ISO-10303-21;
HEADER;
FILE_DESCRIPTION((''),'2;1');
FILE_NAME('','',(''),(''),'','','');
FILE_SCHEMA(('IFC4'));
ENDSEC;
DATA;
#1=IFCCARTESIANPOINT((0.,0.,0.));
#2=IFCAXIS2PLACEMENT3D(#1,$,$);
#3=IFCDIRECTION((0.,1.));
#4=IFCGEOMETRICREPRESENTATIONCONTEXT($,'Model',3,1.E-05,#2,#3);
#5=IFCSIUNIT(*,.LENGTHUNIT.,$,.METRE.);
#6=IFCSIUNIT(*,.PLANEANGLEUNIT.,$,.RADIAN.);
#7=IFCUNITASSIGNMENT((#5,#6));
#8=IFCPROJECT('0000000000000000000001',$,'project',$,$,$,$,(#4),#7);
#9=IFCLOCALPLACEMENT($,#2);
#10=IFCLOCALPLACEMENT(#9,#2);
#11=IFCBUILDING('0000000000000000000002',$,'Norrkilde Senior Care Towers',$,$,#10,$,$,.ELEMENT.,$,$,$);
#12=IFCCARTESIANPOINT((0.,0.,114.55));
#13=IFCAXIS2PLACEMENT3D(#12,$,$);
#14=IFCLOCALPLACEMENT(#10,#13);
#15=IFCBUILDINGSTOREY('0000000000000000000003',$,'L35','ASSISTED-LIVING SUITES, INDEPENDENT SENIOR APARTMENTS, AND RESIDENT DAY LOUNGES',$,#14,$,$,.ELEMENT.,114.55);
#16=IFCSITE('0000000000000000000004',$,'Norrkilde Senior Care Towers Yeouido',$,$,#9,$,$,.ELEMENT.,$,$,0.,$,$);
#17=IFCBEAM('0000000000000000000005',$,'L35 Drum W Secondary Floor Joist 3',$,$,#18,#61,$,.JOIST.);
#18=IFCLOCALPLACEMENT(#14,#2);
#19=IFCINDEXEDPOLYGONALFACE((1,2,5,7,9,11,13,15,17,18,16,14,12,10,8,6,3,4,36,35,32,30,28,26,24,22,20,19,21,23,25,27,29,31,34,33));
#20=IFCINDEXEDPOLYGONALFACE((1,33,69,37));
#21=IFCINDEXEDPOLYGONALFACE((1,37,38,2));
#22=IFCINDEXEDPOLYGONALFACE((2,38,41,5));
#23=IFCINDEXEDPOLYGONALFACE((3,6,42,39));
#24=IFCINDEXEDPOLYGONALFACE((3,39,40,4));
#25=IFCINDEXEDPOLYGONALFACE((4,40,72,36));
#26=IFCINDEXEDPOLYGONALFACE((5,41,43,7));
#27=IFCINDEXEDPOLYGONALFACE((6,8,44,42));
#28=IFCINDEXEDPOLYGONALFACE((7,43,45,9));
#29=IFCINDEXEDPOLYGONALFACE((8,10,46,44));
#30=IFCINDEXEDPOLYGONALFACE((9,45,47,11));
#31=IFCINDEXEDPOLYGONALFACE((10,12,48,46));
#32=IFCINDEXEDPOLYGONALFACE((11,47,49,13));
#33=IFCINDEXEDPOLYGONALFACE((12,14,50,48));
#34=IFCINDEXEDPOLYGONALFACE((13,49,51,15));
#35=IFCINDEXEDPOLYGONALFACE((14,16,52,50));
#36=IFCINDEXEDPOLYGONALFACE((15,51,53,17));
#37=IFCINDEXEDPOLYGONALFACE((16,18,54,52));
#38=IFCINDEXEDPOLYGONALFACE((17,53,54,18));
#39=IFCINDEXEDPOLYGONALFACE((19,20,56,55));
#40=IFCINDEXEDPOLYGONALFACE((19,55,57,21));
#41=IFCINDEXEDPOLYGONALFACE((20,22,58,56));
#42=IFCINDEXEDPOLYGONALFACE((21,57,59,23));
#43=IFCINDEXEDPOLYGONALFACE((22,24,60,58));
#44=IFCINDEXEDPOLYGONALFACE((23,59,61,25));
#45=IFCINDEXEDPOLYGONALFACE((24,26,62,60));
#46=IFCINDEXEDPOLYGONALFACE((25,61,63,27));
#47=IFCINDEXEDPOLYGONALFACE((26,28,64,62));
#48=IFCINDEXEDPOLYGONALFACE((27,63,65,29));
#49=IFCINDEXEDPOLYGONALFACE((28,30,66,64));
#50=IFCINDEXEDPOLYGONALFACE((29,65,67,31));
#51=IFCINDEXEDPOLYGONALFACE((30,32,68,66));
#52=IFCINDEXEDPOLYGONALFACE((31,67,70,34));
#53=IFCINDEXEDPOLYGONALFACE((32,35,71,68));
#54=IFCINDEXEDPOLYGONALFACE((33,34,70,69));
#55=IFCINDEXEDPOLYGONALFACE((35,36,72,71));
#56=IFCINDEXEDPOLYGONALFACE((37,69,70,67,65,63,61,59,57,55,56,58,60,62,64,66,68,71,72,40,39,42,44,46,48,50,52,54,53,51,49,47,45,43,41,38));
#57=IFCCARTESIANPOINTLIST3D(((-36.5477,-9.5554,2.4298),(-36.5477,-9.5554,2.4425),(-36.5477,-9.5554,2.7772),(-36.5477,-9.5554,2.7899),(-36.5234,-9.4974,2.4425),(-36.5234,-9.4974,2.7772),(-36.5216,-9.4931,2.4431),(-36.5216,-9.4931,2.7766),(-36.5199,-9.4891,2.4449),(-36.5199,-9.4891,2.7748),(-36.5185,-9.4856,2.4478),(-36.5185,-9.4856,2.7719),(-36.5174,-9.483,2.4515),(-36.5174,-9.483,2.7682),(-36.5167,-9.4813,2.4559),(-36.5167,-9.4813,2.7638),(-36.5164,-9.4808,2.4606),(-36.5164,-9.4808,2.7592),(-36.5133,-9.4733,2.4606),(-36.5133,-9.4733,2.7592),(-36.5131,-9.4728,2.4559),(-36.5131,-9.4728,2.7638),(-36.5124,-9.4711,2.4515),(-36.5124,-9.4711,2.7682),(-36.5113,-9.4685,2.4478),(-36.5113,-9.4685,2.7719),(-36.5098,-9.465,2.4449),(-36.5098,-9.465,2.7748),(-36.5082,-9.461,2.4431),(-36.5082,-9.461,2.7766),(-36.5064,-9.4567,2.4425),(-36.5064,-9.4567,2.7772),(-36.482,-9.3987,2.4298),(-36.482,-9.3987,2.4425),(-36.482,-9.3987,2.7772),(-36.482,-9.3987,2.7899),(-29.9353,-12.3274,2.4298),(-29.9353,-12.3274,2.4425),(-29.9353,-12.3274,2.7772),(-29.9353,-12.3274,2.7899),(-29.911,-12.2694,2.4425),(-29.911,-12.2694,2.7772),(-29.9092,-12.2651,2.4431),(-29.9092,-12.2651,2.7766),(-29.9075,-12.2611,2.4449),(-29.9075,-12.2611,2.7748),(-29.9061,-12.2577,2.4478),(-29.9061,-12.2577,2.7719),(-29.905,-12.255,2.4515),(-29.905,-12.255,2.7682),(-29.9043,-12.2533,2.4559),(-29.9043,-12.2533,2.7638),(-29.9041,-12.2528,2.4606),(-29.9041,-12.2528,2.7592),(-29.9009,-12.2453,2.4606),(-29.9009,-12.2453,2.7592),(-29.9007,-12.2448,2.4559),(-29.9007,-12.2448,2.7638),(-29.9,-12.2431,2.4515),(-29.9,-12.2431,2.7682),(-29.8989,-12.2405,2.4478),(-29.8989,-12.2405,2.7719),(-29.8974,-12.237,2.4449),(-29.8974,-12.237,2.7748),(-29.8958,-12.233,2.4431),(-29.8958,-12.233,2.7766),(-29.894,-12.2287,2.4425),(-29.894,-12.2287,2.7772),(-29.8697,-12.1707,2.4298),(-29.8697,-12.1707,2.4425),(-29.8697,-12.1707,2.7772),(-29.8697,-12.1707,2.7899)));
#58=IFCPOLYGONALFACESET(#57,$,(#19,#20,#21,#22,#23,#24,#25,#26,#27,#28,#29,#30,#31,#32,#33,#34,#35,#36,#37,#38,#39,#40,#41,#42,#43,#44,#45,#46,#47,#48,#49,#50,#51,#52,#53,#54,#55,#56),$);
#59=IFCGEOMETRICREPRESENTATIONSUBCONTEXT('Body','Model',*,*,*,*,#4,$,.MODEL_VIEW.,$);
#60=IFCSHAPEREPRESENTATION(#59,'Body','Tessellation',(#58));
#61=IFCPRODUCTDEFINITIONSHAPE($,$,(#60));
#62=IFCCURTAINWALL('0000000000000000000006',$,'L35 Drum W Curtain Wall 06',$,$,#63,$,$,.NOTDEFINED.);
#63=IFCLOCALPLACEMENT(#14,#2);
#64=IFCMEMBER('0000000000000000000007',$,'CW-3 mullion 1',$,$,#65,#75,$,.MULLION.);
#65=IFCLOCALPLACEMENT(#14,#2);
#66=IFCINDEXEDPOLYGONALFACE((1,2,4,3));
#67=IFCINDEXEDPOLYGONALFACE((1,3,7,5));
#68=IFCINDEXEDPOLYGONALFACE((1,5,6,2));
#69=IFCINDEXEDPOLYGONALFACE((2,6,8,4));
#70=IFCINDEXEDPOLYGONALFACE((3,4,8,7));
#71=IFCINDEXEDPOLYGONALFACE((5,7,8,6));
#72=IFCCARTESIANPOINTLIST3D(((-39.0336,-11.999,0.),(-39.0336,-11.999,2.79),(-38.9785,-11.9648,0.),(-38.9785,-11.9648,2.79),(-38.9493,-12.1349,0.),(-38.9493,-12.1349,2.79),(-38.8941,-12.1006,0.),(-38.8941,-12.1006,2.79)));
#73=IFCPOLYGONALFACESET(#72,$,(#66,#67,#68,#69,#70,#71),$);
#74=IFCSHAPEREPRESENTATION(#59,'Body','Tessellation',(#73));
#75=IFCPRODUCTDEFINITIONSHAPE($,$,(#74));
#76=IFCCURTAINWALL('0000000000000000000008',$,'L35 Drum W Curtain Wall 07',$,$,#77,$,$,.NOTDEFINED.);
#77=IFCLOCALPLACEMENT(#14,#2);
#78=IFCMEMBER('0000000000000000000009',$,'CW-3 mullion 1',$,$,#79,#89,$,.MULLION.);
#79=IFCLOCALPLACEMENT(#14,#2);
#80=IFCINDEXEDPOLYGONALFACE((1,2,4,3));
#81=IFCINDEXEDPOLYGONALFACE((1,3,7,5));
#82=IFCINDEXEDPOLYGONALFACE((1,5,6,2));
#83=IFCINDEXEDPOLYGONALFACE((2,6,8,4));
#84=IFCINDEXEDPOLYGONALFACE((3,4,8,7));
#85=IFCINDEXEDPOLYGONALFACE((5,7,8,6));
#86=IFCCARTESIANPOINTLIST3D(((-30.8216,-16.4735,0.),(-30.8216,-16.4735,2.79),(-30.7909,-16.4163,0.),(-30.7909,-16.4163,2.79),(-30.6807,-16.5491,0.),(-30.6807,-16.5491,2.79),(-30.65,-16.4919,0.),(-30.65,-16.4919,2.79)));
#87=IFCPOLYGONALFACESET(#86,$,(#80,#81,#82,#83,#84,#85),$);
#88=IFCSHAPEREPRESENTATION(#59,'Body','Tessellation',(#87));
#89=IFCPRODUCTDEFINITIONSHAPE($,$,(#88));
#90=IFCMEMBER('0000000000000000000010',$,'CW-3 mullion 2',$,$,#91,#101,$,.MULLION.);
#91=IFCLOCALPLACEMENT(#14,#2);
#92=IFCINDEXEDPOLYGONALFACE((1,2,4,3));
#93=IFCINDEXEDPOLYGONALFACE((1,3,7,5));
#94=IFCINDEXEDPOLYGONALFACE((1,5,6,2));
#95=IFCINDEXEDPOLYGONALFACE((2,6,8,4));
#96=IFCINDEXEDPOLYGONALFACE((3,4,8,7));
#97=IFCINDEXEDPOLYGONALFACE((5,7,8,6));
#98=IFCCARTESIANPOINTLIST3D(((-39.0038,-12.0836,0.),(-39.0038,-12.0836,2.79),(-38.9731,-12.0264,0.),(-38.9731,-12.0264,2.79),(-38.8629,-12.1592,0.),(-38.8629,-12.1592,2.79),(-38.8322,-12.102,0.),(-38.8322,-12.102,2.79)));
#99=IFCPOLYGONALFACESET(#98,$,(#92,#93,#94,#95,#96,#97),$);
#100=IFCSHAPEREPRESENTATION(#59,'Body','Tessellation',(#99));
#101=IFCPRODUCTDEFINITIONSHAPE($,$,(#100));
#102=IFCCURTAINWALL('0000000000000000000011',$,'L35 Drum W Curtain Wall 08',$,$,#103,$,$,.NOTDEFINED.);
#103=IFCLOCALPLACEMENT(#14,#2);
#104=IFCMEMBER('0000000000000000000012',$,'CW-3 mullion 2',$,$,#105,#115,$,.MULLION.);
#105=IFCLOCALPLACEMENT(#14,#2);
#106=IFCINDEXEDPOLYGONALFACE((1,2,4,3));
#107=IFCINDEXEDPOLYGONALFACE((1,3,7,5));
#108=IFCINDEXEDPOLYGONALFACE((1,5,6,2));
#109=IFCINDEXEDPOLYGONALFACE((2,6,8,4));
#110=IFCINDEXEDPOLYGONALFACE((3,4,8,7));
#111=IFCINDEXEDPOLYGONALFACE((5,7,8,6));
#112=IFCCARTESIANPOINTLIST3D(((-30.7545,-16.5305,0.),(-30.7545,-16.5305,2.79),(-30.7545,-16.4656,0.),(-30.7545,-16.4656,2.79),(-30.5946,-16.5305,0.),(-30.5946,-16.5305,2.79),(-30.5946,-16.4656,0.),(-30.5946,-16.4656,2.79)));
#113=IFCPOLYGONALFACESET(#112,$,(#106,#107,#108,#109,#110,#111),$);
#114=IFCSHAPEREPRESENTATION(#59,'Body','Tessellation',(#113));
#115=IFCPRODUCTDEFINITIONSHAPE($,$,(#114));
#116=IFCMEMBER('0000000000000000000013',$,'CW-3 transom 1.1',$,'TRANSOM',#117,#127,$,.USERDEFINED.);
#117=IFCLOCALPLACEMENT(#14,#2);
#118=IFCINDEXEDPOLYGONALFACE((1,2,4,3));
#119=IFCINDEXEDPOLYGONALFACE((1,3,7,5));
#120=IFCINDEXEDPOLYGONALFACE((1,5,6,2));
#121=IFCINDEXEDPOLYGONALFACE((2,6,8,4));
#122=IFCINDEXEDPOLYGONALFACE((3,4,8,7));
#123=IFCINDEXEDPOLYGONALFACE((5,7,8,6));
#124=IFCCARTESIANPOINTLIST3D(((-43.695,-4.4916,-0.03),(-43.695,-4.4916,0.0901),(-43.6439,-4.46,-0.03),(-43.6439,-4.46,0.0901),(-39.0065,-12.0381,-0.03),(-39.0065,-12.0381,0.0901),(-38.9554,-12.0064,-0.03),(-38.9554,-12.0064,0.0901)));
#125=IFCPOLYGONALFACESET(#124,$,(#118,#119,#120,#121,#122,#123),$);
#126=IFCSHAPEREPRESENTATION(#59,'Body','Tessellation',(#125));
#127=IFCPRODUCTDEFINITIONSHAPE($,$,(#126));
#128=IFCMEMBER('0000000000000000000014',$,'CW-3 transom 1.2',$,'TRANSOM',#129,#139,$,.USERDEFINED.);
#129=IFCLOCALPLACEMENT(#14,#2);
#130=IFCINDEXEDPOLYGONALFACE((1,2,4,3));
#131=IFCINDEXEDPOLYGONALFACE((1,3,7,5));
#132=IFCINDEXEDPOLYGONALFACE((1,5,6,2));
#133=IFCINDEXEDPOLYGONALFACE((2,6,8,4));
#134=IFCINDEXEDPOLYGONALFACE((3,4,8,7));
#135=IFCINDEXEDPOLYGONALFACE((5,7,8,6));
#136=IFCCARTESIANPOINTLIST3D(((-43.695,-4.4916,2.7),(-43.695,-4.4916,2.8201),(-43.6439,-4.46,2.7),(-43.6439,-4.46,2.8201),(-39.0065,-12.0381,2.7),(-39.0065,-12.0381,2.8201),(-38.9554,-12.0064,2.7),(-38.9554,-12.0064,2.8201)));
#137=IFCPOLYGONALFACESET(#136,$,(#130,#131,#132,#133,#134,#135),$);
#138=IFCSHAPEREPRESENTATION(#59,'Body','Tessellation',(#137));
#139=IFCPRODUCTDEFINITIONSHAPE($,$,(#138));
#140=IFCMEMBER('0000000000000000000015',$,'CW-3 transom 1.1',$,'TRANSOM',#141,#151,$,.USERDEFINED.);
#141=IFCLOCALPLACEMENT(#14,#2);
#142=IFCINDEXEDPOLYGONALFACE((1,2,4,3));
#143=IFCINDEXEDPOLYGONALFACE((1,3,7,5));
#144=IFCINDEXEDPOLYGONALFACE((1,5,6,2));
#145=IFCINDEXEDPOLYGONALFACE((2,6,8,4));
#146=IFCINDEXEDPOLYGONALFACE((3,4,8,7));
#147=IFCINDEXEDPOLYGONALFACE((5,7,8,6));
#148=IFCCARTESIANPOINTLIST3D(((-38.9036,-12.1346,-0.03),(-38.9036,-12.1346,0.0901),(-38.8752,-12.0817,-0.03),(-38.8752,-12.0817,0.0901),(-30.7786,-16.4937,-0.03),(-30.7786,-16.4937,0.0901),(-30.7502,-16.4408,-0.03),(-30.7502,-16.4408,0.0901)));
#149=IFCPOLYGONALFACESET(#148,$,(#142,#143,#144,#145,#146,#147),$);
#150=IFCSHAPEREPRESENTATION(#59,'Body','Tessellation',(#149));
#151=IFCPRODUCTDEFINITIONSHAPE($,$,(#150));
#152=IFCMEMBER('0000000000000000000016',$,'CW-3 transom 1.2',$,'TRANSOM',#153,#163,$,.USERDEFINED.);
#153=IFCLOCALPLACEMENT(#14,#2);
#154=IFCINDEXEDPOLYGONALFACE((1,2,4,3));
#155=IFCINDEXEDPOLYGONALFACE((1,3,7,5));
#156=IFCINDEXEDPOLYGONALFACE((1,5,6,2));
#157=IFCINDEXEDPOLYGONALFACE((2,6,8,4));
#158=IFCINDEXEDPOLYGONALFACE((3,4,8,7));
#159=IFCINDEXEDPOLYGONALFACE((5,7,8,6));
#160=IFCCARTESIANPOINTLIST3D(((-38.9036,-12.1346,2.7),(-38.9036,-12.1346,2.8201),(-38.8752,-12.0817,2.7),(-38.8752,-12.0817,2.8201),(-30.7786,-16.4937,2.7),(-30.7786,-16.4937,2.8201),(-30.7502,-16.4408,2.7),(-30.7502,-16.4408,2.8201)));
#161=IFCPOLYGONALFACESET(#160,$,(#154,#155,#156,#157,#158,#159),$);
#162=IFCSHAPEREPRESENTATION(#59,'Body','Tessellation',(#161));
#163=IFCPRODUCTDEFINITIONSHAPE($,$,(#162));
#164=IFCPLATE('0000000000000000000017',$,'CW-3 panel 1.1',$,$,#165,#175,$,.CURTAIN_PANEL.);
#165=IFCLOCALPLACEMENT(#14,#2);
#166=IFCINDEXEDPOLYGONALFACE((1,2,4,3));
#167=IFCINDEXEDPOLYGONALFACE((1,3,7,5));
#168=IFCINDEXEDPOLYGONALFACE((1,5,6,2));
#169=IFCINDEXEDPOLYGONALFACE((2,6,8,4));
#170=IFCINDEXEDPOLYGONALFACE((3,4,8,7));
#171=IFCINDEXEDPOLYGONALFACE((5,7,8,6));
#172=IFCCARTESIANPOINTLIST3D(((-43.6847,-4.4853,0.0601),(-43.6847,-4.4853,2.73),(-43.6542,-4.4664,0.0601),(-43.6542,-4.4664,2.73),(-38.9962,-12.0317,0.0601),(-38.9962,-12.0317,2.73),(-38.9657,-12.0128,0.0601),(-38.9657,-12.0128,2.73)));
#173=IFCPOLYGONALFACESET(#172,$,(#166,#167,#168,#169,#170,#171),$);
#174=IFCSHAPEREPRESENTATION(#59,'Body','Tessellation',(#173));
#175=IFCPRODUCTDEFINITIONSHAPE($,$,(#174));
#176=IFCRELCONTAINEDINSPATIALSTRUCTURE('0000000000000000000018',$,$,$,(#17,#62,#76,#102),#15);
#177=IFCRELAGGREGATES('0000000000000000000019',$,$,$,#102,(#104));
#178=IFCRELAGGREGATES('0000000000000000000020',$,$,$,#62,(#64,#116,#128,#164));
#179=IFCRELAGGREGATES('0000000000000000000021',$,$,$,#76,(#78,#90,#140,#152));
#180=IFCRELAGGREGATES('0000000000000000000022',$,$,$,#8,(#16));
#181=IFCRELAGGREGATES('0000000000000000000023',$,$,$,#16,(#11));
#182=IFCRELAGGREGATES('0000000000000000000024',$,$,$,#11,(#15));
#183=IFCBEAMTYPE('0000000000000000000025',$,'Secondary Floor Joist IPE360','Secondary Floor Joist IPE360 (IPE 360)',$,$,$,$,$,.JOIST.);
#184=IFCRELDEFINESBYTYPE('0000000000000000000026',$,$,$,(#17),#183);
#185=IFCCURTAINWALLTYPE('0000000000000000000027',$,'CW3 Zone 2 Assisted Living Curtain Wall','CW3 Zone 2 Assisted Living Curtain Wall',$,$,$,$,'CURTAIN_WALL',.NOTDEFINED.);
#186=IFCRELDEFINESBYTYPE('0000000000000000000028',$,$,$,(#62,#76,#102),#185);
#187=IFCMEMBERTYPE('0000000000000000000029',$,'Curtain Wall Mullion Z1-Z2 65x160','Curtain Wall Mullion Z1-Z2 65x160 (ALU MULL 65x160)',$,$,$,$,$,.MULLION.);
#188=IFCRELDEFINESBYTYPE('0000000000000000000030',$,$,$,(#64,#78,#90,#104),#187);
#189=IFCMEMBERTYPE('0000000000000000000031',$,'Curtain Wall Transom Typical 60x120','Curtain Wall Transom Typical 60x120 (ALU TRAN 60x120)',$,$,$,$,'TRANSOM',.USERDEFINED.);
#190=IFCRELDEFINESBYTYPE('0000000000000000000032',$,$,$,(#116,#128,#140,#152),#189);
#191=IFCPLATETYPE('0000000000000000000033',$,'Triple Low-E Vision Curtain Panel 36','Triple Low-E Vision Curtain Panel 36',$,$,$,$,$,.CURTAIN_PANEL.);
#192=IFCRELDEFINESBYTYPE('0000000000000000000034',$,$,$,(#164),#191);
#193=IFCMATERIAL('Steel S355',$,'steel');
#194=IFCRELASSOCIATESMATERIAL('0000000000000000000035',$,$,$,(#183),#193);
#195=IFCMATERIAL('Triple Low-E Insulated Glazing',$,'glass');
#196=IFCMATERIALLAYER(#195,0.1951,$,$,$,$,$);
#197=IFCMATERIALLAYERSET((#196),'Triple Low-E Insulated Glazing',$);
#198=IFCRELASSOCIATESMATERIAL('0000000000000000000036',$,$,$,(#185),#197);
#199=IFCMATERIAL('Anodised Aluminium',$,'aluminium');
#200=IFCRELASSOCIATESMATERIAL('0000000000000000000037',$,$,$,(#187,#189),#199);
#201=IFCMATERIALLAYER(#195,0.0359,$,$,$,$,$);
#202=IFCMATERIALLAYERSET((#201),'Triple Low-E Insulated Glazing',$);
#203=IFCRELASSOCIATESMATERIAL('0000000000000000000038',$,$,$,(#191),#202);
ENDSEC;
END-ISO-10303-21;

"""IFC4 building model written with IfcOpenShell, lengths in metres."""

from ifc_helpers import new_model, si_unit, direction, frame, origin, origin_2d, place, context, subcontext, project, spatial, rectangle, i_section, extrude, source, transform, mapped, material, layer, layer_set, material_profile, profile_set, type_object, type_shapes, element, aggregate, save


model = new_model("IFC4")

# Units and contexts
model_context = context("Model", 3, precision=1e-05, world=origin(), true_north=direction((0.0, 1.0)))
body_context = subcontext(model_context, "Body", "Model", "MODEL_VIEW")
ifc_project = project(units=[si_unit("LENGTHUNIT", "METRE"), si_unit("PLANEANGLEUNIT", "RADIAN")], contexts=[model_context])

# Site, building, storey
site_placement = place(None, origin())
site = spatial("IfcSite", under=ifc_project, at=site_placement, Name="Norrkilde Senior Care Towers Yeouido", CompositionType="ELEMENT", RefElevation=0.0)
building_placement = place(site_placement, origin())
building = spatial("IfcBuilding", under=site, at=building_placement, Name="Norrkilde Senior Care Towers", CompositionType="ELEMENT")
storey_placement = place(building_placement, frame((0.0, 0.0, 114.55)))
storey = spatial("IfcBuildingStorey", under=building, at=storey_placement, Name="L35", Description="ASSISTED-LIVING SUITES, INDEPENDENT SENIOR APARTMENTS, AND RESIDENT DAY LOUNGES", CompositionType="ELEMENT", Elevation=114.55)

# Beam
ifc_material_1 = material(Name="Steel S355", Category="steel")
ifc_material_profile_1 = material_profile(ifc_material_1, i_section(OverallWidth=0.1699, OverallDepth=0.3601, WebThickness=0.0081, FlangeThickness=0.0127, FilletRadius=0.0181, at=origin_2d()), Name="IPE 360")
ifc_profile_set_1 = profile_set([ifc_material_profile_1], Name="Steel S355")
beam_type_1 = type_object("IfcBeamType", Name="Secondary Floor Joist IPE360", Description="Secondary Floor Joist IPE360 (IPE 360)", PredefinedType="JOIST", material=ifc_profile_set_1)
shared_shape_1 = source(origin(), body_context, "Body", "SweptSolid", [
    extrude(i_section(OverallWidth=0.1699, OverallDepth=0.3601, WebThickness=0.0081, FlangeThickness=0.0127, FilletRadius=0.0181, at=origin_2d()), origin(), (0.0, 0.0, 1.0), 7.1699),
])
type_shapes(beam_type_1, [shared_shape_1])
beam_1_placement = place(storey_placement, frame((-36.5149, -9.4771, 2.6099), z_axis=(0.922241, -0.386616, 0.0), x_axis=(0.386616, 0.922241, 0.0)))
element("IfcBeam", 1, at=beam_1_placement, inside=storey, type_object=beam_type_1, Name="L35 Drum W Secondary Floor Joist 3", PredefinedType="JOIST", context=body_context, shape_type="MappedRepresentation", body=[
    mapped(shared_shape_1, transform((0.0, 0.0, 0.0), x_axis=(1.0, 0.0, 0.0), y_axis=(0.0, 1.0, 0.0), z_axis=(0.0, 0.0, 1.0), scale=1.0)),
])

# Curtain wall, member
ifc_material_2 = material(Name="Triple Low-E Insulated Glazing", Category="glass")
ifc_layer_1 = layer(ifc_material_2, 0.1951)
ifc_layer_set_1 = layer_set([ifc_layer_1], Name="Triple Low-E Insulated Glazing")
curtain_wall_type = type_object("IfcCurtainWallType", Name="CW3 Zone 2 Assisted Living Curtain Wall", Description="CW3 Zone 2 Assisted Living Curtain Wall", ElementType="CURTAIN_WALL", PredefinedType="NOTDEFINED", material=ifc_layer_set_1)
curtain_wall_1_placement = place(storey_placement, origin())
curtain_wall_1 = element("IfcCurtainWall", 2, at=curtain_wall_1_placement, inside=storey, type_object=curtain_wall_type, Name="L35 Drum W Curtain Wall 06", PredefinedType="NOTDEFINED")
ifc_material_3 = material(Name="Anodised Aluminium", Category="aluminium")
ifc_material_profile_2 = material_profile(ifc_material_3, rectangle(XDim=0.0649, YDim=0.1599, at=origin_2d()), Name="ALU MULL 65x160")
ifc_profile_set_2 = profile_set([ifc_material_profile_2], Name="Anodised Aluminium")
member_type_1 = type_object("IfcMemberType", Name="Curtain Wall Mullion Z1-Z2 65x160", Description="Curtain Wall Mullion Z1-Z2 65x160 (ALU MULL 65x160)", PredefinedType="MULLION", material=ifc_profile_set_2)
shared_shape_2 = source(origin(), body_context, "Body", "SweptSolid", [
    extrude(rectangle(XDim=0.0649, YDim=0.1599, at=origin_2d()), origin(), (0.0, 0.0, 1.0), 2.79),
])
type_shapes(member_type_1, [shared_shape_2])
member_1_placement = place(storey_placement, frame((-38.9639, -12.0498, 0.0), z_axis=(0.0, 0.0, 1.0), x_axis=(-0.84941, -0.527733, 0.0)))
member_1 = element("IfcMember", 3, at=member_1_placement, type_object=member_type_1, Name="CW-3 mullion 1", PredefinedType="MULLION", context=body_context, shape_type="MappedRepresentation", body=[
    mapped(shared_shape_2, transform((0.0, 0.0, 0.0), x_axis=(1.0, 0.0, 0.0), y_axis=(0.0, 1.0, 0.0), z_axis=(0.0, 0.0, 1.0), scale=1.0)),
])

# Curtain wall, members
curtain_wall_2_placement = place(storey_placement, origin())
curtain_wall_2 = element("IfcCurtainWall", 4, at=curtain_wall_2_placement, inside=storey, type_object=curtain_wall_type, Name="L35 Drum W Curtain Wall 07", PredefinedType="NOTDEFINED")
member_2_placement = place(storey_placement, frame((-30.7358, -16.4827, 0.0), z_axis=(0.0, 0.0, 1.0), x_axis=(-0.472769, -0.881186, 0.0)))
member_2 = element("IfcMember", 5, at=member_2_placement, type_object=member_type_1, Name="CW-3 mullion 1", PredefinedType="MULLION", context=body_context, shape_type="MappedRepresentation", body=[
    mapped(shared_shape_2, transform((0.0, 0.0, 0.0), x_axis=(1.0, 0.0, 0.0), y_axis=(0.0, 1.0, 0.0), z_axis=(0.0, 0.0, 1.0), scale=1.0)),
])
member_3_placement = place(storey_placement, frame((-38.918, -12.0928, 0.0), z_axis=(0.0, 0.0, 1.0), x_axis=(-0.472769, -0.881186, 0.0)))
member_3 = element("IfcMember", 6, at=member_3_placement, type_object=member_type_1, Name="CW-3 mullion 2", PredefinedType="MULLION", context=body_context, shape_type="MappedRepresentation", body=[
    mapped(shared_shape_2, transform((0.0, 0.0, 0.0), x_axis=(1.0, 0.0, 0.0), y_axis=(0.0, 1.0, 0.0), z_axis=(0.0, 0.0, 1.0), scale=1.0)),
])

# Curtain wall, member
curtain_wall_3_placement = place(storey_placement, origin())
curtain_wall_3 = element("IfcCurtainWall", 7, at=curtain_wall_3_placement, inside=storey, type_object=curtain_wall_type, Name="L35 Drum W Curtain Wall 08", PredefinedType="NOTDEFINED")
member_4_placement = place(storey_placement, frame((-30.6746, -16.498, 0.0), z_axis=(0.0, 0.0, 1.0), x_axis=(0.0, -1.0, 0.0)))
member_4 = element("IfcMember", 8, at=member_4_placement, type_object=member_type_1, Name="CW-3 mullion 2", PredefinedType="MULLION", context=body_context, shape_type="MappedRepresentation", body=[
    mapped(shared_shape_2, transform((0.0, 0.0, 0.0), x_axis=(1.0, 0.0, 0.0), y_axis=(0.0, 1.0, 0.0), z_axis=(0.0, 0.0, 1.0), scale=1.0)),
])
aggregate(curtain_wall_3, [member_4])

# Members
ifc_material_profile_3 = material_profile(ifc_material_3, rectangle(XDim=0.0601, YDim=0.1201, at=origin_2d()), Name="ALU TRAN 60x120")
ifc_profile_set_3 = profile_set([ifc_material_profile_3], Name="Anodised Aluminium")
member_type_2 = type_object("IfcMemberType", Name="Curtain Wall Transom Typical 60x120", Description="Curtain Wall Transom Typical 60x120 (ALU TRAN 60x120)", ElementType="TRANSOM", PredefinedType="USERDEFINED", material=ifc_profile_set_3)
shared_shape_3 = source(origin(), body_context, "Body", "SweptSolid", [
    extrude(rectangle(XDim=0.0601, YDim=0.1201, at=origin_2d()), origin(), (0.0, 0.0, 1.0), 8.8843),
])
member_5_placement = place(storey_placement, frame((-38.981, -12.0222, 0.03), z_axis=(-0.527729, 0.849413, 0.0), x_axis=(-0.849413, -0.527729, 0.0)))
member_5 = element("IfcMember", 9, at=member_5_placement, type_object=member_type_2, Name="CW-3 transom 1.1", ObjectType="TRANSOM", PredefinedType="USERDEFINED", context=body_context, shape_type="MappedRepresentation", body=[
    mapped(shared_shape_3, transform((0.0, 0.0, 0.0), x_axis=(1.0, 0.0, 0.0), y_axis=(0.0, 1.0, 0.0), z_axis=(0.0, 0.0, 1.0), scale=1.0)),
])
member_6_placement = place(storey_placement, frame((-38.981, -12.0222, 2.76), z_axis=(-0.527729, 0.849413, 0.0), x_axis=(-0.849413, -0.527729, 0.0)))
member_6 = element("IfcMember", 10, at=member_6_placement, type_object=member_type_2, Name="CW-3 transom 1.2", ObjectType="TRANSOM", PredefinedType="USERDEFINED", context=body_context, shape_type="MappedRepresentation", body=[
    mapped(shared_shape_3, transform((0.0, 0.0, 0.0), x_axis=(1.0, 0.0, 0.0), y_axis=(0.0, 1.0, 0.0), z_axis=(0.0, 0.0, 1.0), scale=1.0)),
])
shared_shape_4 = source(origin(), body_context, "Body", "SweptSolid", [
    extrude(rectangle(XDim=0.0601, YDim=0.1201, at=origin_2d()), origin(), (0.0, 0.0, 1.0), 9.2205),
])
type_shapes(member_type_2, [shared_shape_3, shared_shape_4])
member_7_placement = place(storey_placement, frame((-30.7644, -16.4673, 0.03), z_axis=(-0.881189, 0.472765, 0.0), x_axis=(-0.472765, -0.881189, 0.0)))
member_7 = element("IfcMember", 11, at=member_7_placement, type_object=member_type_2, Name="CW-3 transom 1.1", ObjectType="TRANSOM", PredefinedType="USERDEFINED", context=body_context, shape_type="MappedRepresentation", body=[
    mapped(shared_shape_4, transform((0.0, 0.0, 0.0), x_axis=(1.0, 0.0, 0.0), y_axis=(0.0, 1.0, 0.0), z_axis=(0.0, 0.0, 1.0), scale=1.0)),
])
member_8_placement = place(storey_placement, frame((-30.7644, -16.4673, 2.76), z_axis=(-0.881189, 0.472765, 0.0), x_axis=(-0.472765, -0.881189, 0.0)))
member_8 = element("IfcMember", 12, at=member_8_placement, type_object=member_type_2, Name="CW-3 transom 1.2", ObjectType="TRANSOM", PredefinedType="USERDEFINED", context=body_context, shape_type="MappedRepresentation", body=[
    mapped(shared_shape_4, transform((0.0, 0.0, 0.0), x_axis=(1.0, 0.0, 0.0), y_axis=(0.0, 1.0, 0.0), z_axis=(0.0, 0.0, 1.0), scale=1.0)),
])

# Plate
ifc_layer_2 = layer(ifc_material_2, 0.0359)
ifc_layer_set_2 = layer_set([ifc_layer_2], Name="Triple Low-E Insulated Glazing")
plate_type = type_object("IfcPlateType", Name="Triple Low-E Vision Curtain Panel 36", Description="Triple Low-E Vision Curtain Panel 36", PredefinedType="CURTAIN_PANEL", material=ifc_layer_set_2)
shared_shape_5 = source(origin(), body_context, "Body", "SweptSolid", [
    extrude(rectangle(XDim=8.8843, YDim=0.0359, at=origin_2d()), origin(), (0.0, 0.0, 1.0), 2.6699),
])
plate_1_placement = place(storey_placement, frame((-41.3252, -8.249, 0.0601), z_axis=(0.0, 0.0, 1.0), x_axis=(-0.527733, 0.84941, 0.0)))
plate_1 = element("IfcPlate", 13, at=plate_1_placement, type_object=plate_type, Name="CW-3 panel 1.1", PredefinedType="CURTAIN_PANEL", context=body_context, shape_type="MappedRepresentation", body=[
    mapped(shared_shape_5, transform((0.0, 0.0, 0.0), x_axis=(1.0, 0.0, 0.0), y_axis=(0.0, 1.0, 0.0), z_axis=(0.0, 0.0, 1.0), scale=1.0)),
])
aggregate(curtain_wall_1, [member_1, member_5, member_6, plate_1])
aggregate(curtain_wall_2, [member_2, member_3, member_7, member_8])

save(model, "model.ifc")
